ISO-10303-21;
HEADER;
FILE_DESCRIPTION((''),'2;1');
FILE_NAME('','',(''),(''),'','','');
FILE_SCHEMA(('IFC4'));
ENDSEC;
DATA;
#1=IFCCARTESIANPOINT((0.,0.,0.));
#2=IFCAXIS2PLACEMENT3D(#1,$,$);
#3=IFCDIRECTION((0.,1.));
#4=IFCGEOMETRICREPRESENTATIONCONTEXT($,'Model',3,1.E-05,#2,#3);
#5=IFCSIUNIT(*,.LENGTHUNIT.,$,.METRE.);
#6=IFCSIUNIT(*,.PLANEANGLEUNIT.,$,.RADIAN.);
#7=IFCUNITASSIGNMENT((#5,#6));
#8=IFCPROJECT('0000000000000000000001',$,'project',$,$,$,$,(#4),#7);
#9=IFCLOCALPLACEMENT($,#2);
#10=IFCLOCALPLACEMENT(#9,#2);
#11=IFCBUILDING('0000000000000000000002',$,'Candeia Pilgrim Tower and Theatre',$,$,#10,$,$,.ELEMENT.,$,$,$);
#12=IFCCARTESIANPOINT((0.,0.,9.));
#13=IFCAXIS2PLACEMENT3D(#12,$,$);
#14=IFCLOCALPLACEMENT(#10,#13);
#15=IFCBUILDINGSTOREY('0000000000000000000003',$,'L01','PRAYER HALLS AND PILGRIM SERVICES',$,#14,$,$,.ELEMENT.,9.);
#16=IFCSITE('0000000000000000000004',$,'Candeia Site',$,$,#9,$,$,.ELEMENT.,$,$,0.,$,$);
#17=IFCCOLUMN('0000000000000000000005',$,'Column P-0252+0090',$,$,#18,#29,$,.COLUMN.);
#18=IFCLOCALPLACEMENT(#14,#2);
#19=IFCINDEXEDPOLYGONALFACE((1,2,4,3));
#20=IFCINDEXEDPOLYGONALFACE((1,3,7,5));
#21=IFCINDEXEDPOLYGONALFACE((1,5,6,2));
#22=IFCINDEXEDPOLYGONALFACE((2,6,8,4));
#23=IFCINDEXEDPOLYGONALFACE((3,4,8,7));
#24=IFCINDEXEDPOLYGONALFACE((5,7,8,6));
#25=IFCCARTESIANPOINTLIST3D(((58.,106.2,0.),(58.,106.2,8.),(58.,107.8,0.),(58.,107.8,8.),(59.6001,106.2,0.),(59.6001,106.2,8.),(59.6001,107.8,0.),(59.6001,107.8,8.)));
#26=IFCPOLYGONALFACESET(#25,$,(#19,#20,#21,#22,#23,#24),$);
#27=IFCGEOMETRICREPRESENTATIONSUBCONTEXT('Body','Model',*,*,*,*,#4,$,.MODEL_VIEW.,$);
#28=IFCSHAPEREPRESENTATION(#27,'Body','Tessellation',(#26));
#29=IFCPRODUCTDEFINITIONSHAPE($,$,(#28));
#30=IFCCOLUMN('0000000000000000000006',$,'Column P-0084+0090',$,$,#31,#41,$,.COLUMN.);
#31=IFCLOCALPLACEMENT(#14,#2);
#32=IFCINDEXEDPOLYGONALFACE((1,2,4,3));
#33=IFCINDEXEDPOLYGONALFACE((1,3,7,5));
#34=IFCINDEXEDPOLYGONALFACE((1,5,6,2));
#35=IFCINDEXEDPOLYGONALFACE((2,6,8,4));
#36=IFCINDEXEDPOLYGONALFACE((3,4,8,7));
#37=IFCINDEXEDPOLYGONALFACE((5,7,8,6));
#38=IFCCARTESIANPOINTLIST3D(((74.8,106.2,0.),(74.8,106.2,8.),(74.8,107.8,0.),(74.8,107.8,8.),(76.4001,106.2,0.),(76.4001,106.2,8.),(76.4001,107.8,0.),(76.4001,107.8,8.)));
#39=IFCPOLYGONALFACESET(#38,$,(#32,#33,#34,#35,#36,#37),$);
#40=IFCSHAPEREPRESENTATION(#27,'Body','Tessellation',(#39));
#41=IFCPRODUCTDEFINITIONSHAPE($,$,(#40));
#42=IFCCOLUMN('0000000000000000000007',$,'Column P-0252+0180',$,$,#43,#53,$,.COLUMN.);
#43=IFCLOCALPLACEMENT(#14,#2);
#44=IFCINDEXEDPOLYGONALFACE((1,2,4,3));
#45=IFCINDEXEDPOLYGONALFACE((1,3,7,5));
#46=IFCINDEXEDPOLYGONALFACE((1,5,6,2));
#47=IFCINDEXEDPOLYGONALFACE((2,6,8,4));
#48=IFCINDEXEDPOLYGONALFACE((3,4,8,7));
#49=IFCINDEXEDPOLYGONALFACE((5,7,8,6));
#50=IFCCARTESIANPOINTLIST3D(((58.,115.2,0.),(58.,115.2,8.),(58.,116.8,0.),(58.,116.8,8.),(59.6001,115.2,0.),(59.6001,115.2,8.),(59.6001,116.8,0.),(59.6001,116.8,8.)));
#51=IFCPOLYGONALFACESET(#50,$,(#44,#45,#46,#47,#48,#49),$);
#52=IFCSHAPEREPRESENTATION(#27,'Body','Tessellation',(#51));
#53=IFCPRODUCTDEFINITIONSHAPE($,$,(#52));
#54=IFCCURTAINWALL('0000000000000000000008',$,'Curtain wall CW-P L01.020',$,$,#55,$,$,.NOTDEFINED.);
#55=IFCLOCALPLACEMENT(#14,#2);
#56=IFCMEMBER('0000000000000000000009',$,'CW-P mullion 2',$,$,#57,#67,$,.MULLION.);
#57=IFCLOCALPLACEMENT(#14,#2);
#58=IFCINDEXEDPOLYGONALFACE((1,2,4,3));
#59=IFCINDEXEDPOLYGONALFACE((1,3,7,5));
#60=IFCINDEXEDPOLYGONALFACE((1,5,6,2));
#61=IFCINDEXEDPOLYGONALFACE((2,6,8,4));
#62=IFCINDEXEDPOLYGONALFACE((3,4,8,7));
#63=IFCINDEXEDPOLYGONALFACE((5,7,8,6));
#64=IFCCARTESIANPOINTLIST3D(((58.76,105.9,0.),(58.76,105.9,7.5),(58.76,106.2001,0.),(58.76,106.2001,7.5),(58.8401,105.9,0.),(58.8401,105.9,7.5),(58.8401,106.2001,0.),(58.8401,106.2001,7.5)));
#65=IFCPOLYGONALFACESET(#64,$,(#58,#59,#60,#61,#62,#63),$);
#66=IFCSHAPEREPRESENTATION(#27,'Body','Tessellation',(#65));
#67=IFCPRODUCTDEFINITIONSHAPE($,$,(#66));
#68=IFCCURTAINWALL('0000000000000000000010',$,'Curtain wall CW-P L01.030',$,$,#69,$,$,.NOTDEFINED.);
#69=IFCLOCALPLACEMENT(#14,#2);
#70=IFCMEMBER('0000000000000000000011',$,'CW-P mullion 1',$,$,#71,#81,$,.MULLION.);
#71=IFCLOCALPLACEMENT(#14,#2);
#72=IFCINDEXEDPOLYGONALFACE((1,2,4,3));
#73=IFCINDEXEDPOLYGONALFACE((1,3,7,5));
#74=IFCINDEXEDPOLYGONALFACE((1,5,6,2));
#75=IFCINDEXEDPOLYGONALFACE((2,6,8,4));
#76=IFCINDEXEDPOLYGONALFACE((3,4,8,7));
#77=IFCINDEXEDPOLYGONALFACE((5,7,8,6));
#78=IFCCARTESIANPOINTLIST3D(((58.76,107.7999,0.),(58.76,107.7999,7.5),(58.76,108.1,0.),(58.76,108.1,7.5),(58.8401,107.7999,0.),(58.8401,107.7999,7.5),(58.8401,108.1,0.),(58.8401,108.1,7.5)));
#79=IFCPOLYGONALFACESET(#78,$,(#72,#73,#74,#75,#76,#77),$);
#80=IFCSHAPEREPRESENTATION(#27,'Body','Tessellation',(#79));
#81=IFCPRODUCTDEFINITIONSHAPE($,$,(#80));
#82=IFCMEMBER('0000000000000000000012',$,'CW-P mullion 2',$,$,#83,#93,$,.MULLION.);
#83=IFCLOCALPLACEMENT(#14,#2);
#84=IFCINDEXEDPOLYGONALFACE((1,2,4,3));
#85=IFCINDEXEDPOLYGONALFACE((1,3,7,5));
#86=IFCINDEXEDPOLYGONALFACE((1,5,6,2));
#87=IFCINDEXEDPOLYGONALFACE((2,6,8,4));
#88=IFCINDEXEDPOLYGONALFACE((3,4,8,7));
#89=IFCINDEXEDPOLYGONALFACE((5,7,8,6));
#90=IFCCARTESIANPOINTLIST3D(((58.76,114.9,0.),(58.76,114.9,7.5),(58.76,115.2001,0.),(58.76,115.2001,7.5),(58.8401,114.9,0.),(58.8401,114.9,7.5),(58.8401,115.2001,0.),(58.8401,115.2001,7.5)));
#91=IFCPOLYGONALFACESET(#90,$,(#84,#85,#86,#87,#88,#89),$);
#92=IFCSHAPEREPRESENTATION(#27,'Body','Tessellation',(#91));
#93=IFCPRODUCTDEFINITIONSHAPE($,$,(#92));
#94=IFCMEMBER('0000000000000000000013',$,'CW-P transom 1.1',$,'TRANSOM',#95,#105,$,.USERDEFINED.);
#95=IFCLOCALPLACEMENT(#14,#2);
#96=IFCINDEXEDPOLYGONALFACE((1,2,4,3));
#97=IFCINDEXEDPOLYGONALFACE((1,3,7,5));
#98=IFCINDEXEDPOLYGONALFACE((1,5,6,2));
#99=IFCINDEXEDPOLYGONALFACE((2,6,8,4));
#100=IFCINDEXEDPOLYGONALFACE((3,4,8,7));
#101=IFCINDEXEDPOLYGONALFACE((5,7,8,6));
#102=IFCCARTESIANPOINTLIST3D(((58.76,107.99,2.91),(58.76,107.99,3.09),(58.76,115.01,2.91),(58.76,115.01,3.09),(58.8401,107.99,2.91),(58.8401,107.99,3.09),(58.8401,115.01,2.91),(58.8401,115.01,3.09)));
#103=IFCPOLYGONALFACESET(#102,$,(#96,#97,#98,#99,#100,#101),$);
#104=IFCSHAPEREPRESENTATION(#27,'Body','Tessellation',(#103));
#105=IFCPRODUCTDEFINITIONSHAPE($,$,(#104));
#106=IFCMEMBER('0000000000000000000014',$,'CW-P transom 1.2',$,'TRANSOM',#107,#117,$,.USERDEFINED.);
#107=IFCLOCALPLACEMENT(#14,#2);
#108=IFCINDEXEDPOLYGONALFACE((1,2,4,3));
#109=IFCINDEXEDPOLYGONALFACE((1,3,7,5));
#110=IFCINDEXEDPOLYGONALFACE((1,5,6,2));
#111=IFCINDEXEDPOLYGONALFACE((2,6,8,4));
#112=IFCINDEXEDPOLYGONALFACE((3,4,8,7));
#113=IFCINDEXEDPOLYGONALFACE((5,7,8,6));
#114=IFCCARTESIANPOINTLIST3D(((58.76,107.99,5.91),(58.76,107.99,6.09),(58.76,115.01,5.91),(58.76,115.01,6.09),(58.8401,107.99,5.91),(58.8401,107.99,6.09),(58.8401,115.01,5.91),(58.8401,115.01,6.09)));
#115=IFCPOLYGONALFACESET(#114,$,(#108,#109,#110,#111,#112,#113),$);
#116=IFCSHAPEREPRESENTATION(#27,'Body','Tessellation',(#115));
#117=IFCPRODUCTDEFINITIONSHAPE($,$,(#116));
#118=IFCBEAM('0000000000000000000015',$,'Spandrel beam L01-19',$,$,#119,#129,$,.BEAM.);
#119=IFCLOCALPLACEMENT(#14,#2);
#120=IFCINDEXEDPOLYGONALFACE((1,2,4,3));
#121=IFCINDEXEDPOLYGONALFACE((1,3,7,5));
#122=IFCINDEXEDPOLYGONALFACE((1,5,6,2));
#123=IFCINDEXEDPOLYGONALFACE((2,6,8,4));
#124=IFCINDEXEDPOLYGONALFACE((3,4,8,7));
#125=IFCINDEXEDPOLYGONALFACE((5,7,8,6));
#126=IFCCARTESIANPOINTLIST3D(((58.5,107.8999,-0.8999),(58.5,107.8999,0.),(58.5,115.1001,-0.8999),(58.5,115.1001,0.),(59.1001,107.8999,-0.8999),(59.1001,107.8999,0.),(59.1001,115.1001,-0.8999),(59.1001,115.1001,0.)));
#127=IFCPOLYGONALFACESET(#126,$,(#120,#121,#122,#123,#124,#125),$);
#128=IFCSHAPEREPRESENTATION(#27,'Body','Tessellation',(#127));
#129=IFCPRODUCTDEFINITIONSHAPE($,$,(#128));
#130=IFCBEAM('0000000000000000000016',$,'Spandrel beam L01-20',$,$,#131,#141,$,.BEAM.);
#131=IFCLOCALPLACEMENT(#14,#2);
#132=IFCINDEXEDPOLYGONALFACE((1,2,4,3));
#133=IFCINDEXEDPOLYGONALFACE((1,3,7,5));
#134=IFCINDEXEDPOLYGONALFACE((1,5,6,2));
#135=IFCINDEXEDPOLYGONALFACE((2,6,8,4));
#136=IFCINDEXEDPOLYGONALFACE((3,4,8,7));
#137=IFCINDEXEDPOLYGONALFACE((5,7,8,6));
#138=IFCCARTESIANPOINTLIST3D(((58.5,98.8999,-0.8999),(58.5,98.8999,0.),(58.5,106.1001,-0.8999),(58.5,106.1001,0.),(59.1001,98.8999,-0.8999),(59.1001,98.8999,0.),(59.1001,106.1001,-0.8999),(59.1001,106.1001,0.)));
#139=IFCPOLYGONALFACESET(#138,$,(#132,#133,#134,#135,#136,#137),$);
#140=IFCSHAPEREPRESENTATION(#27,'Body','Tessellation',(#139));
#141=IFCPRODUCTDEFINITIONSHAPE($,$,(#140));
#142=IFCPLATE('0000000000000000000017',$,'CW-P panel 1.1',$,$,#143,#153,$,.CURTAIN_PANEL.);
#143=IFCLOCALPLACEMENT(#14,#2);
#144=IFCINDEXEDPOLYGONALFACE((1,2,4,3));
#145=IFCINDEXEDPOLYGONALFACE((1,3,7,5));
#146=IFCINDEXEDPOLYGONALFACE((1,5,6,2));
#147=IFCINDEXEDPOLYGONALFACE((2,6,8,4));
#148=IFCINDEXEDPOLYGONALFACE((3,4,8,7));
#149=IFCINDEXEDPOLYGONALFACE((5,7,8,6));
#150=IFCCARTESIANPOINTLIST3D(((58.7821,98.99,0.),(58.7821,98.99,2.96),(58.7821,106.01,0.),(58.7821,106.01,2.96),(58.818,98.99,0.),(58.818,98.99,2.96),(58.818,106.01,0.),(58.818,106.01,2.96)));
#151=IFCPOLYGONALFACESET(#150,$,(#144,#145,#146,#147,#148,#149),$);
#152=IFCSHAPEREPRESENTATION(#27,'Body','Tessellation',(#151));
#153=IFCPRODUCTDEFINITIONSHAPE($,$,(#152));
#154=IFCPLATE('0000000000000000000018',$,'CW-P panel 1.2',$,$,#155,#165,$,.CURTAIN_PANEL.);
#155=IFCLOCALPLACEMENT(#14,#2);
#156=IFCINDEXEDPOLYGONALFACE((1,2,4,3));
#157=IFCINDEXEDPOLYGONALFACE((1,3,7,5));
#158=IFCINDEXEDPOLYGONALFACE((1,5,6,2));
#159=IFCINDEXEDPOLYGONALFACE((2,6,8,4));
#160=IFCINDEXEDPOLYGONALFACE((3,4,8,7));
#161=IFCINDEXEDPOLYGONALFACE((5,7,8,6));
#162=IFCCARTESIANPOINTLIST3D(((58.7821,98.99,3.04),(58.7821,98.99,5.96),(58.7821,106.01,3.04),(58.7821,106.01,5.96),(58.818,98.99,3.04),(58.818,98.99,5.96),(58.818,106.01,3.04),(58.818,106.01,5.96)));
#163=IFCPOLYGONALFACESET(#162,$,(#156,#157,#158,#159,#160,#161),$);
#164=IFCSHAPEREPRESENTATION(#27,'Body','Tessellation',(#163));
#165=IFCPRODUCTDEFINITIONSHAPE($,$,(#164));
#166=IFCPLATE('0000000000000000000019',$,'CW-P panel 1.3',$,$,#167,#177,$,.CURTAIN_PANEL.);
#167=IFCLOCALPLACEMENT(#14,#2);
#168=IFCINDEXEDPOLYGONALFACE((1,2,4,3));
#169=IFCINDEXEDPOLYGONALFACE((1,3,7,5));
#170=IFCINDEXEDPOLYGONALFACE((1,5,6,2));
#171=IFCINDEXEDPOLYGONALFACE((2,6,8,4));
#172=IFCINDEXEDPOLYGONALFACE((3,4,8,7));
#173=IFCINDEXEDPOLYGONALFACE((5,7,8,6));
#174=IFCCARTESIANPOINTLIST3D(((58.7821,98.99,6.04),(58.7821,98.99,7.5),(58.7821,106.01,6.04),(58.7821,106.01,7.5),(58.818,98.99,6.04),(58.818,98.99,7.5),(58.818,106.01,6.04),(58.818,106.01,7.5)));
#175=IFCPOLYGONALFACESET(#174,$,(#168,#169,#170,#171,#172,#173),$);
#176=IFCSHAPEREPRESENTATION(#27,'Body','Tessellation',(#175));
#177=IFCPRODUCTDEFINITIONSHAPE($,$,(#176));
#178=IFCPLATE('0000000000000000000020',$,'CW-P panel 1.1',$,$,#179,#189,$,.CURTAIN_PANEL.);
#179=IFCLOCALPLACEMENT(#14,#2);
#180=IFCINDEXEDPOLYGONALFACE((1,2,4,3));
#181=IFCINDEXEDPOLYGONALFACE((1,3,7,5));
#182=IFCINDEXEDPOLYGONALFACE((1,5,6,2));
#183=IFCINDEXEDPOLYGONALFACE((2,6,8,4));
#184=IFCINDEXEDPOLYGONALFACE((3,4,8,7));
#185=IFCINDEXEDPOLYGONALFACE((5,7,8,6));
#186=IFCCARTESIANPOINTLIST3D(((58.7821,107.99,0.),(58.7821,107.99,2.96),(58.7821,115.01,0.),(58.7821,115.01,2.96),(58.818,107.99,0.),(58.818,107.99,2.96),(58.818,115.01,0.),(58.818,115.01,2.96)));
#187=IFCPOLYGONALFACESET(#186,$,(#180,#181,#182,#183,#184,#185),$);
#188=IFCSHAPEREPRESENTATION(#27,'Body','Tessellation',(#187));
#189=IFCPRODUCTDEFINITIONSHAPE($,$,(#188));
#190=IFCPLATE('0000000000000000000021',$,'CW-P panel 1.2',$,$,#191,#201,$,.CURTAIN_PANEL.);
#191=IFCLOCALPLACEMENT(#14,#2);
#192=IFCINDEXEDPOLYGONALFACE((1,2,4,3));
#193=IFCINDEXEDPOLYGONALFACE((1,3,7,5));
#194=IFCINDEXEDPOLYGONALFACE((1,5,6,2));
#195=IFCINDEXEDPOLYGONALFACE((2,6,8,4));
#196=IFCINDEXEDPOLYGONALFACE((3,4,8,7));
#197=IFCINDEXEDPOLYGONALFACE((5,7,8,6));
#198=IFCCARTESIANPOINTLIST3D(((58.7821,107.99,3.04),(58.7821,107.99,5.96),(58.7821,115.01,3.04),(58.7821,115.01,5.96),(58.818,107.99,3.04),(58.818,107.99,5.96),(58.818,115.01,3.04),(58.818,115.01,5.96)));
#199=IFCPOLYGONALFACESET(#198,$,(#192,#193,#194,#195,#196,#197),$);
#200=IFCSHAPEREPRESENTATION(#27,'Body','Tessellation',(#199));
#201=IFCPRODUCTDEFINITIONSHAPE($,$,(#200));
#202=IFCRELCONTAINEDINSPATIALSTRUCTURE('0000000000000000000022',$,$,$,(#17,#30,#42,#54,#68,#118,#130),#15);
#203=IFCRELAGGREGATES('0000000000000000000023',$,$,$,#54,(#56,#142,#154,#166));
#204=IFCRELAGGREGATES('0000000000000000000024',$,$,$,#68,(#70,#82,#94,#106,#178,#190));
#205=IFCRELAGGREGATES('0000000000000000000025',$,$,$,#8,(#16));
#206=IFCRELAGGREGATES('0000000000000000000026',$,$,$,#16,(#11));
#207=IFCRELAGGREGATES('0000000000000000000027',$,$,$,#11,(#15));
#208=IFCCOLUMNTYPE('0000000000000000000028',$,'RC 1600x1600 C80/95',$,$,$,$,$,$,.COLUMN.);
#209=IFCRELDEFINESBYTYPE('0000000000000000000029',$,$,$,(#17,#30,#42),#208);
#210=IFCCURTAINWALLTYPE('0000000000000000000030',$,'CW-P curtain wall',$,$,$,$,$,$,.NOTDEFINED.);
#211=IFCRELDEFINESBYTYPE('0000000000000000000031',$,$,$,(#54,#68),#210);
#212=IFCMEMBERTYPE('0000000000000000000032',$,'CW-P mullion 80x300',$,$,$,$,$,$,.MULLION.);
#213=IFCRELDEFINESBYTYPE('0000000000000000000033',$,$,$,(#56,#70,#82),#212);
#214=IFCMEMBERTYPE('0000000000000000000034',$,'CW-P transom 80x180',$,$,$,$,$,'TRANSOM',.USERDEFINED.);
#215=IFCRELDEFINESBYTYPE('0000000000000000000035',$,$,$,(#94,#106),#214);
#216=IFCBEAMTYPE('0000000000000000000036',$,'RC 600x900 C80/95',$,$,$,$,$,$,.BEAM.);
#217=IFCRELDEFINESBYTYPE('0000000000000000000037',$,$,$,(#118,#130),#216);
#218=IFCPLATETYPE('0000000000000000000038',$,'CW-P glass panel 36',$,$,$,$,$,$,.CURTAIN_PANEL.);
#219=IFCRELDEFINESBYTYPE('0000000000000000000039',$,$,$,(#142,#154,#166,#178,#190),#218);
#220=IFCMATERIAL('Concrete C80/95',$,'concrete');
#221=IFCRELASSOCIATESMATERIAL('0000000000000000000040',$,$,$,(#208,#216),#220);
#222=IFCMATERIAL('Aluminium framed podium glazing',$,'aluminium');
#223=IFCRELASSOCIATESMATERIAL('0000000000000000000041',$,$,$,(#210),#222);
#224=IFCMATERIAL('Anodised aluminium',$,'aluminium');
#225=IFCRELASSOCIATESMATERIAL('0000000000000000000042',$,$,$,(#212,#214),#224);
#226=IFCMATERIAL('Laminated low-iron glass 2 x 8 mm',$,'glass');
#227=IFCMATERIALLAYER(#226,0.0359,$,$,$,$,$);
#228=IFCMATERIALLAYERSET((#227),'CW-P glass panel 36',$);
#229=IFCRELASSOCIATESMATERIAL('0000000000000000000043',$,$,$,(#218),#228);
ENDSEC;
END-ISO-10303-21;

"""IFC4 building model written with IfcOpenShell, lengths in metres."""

from ifc_helpers import new_model, si_unit, direction, frame, origin, origin_2d, place, context, subcontext, project, spatial, rectangle, extrude, material, layer, layer_set, material_profile, profile_set, type_object, element, aggregate, save


model = new_model("IFC4")

# Units and contexts
model_context = context("Model", 3, precision=1e-05, world=origin(), true_north=direction((0.0, 1.0)))
body_context = subcontext(model_context, "Body", "Model", "MODEL_VIEW")
ifc_project = project(units=[si_unit("LENGTHUNIT", "METRE"), si_unit("PLANEANGLEUNIT", "RADIAN")], contexts=[model_context])

# Site, building, storey
site_placement = place(None, origin())
site = spatial("IfcSite", under=ifc_project, at=site_placement, Name="Candeia Site", CompositionType="ELEMENT", RefElevation=0.0)
building_placement = place(site_placement, origin())
building = spatial("IfcBuilding", under=site, at=building_placement, Name="Candeia Pilgrim Tower and Theatre", CompositionType="ELEMENT")
storey_placement = place(building_placement, frame((0.0, 0.0, 9.0)))
storey = spatial("IfcBuildingStorey", under=building, at=storey_placement, Name="L01", Description="PRAYER HALLS AND PILGRIM SERVICES", CompositionType="ELEMENT", Elevation=9.0)

# Columns
ifc_material_1 = material(Name="Concrete C80/95", Category="concrete")
ifc_material_profile_1 = material_profile(ifc_material_1, rectangle(XDim=1.6001, YDim=1.6001, at=origin_2d()))
ifc_profile_set_1 = profile_set([ifc_material_profile_1], Name="Concrete C80/95")
column_type = type_object("IfcColumnType", Name="RC 1600x1600 C80/95", PredefinedType="COLUMN", material=ifc_profile_set_1)
for number, where, z_axis, x_axis, name in (
    (1, (58.8, 107.0, 0.0), (0.0, 0.0, 1.0), (1.0, 0.0, 0.0), "Column P-0252+0090"),
    (2, (75.6001, 107.0, 0.0), (0.0, 0.0, 1.0), (1.0, 0.0, 0.0), "Column P-0084+0090"),
    (3, (58.8, 116.0, 0.0), (0.0, 0.0, 1.0), (1.0, 0.0, 0.0), "Column P-0252+0180"),
):
    element("IfcColumn", number, at=place(storey_placement, frame(where, z_axis=z_axis, x_axis=x_axis)), inside=storey, type_object=column_type, Name=name, PredefinedType="COLUMN", context=body_context, shape_type="SweptSolid", body=[
        extrude(rectangle(XDim=1.6001, YDim=1.6001, at=origin_2d()), origin(), (0.0, 0.0, 1.0), 8.0),
    ])

# Curtain wall, member
ifc_material_2 = material(Name="Aluminium framed podium glazing", Category="aluminium")
curtain_wall_type = type_object("IfcCurtainWallType", Name="CW-P curtain wall", PredefinedType="NOTDEFINED", material=ifc_material_2)
curtain_wall_1_placement = place(storey_placement, origin())
curtain_wall_1 = element("IfcCurtainWall", 4, at=curtain_wall_1_placement, inside=storey, type_object=curtain_wall_type, Name="Curtain wall CW-P L01.020", PredefinedType="NOTDEFINED")
ifc_material_3 = material(Name="Anodised aluminium", Category="aluminium")
ifc_material_profile_2 = material_profile(ifc_material_3, rectangle(XDim=0.0801, YDim=0.3, at=origin_2d()))
ifc_profile_set_2 = profile_set([ifc_material_profile_2], Name="Anodised aluminium")
member_type_1 = type_object("IfcMemberType", Name="CW-P mullion 80x300", PredefinedType="MULLION", material=ifc_profile_set_2)
member_1_placement = place(storey_placement, frame((58.8, 106.05, 0.0), z_axis=(0.0, 0.0, 1.0), x_axis=(-1.0, 0.0, 0.0)))
member_1 = element("IfcMember", 5, at=member_1_placement, type_object=member_type_1, Name="CW-P mullion 2", PredefinedType="MULLION", context=body_context, shape_type="SweptSolid", body=[
    extrude(rectangle(XDim=0.0801, YDim=0.3, at=origin_2d()), origin(), (0.0, 0.0, 1.0), 7.5),
])

# Curtain wall, members
curtain_wall_2_placement = place(storey_placement, origin())
curtain_wall_2 = element("IfcCurtainWall", 6, at=curtain_wall_2_placement, inside=storey, type_object=curtain_wall_type, Name="Curtain wall CW-P L01.030", PredefinedType="NOTDEFINED")
member_2_placement = place(storey_placement, frame((58.8, 107.95, 0.0), z_axis=(0.0, 0.0, 1.0), x_axis=(-1.0, 0.0, 0.0)))
member_2 = element("IfcMember", 7, at=member_2_placement, type_object=member_type_1, Name="CW-P mullion 1", PredefinedType="MULLION", context=body_context, shape_type="SweptSolid", body=[
    extrude(rectangle(XDim=0.0801, YDim=0.3, at=origin_2d()), origin(), (0.0, 0.0, 1.0), 7.5),
])
member_3_placement = place(storey_placement, frame((58.8, 115.05, 0.0), z_axis=(0.0, 0.0, 1.0), x_axis=(-1.0, 0.0, 0.0)))
member_3 = element("IfcMember", 8, at=member_3_placement, type_object=member_type_1, Name="CW-P mullion 2", PredefinedType="MULLION", context=body_context, shape_type="SweptSolid", body=[
    extrude(rectangle(XDim=0.0801, YDim=0.3, at=origin_2d()), origin(), (0.0, 0.0, 1.0), 7.5),
])
ifc_material_profile_3 = material_profile(ifc_material_3, rectangle(XDim=0.0801, YDim=0.1799, at=origin_2d()))
ifc_profile_set_3 = profile_set([ifc_material_profile_3], Name="Anodised aluminium")
member_type_2 = type_object("IfcMemberType", Name="CW-P transom 80x180", ElementType="TRANSOM", PredefinedType="USERDEFINED", material=ifc_profile_set_3)
member_4_placement = place(storey_placement, frame((58.8, 107.99, 3.0), z_axis=(0.0, 1.0, 0.0), x_axis=(-1.0, 0.0, 0.0)))
member_4 = element("IfcMember", 9, at=member_4_placement, type_object=member_type_2, Name="CW-P transom 1.1", ObjectType="TRANSOM", PredefinedType="USERDEFINED", context=body_context, shape_type="SweptSolid", body=[
    extrude(rectangle(XDim=0.0801, YDim=0.1799, at=origin_2d()), origin(), (0.0, 0.0, 1.0), 7.02),
])
member_5_placement = place(storey_placement, frame((58.8, 107.99, 6.0), z_axis=(0.0, 1.0, 0.0), x_axis=(-1.0, 0.0, 0.0)))
member_5 = element("IfcMember", 10, at=member_5_placement, type_object=member_type_2, Name="CW-P transom 1.2", ObjectType="TRANSOM", PredefinedType="USERDEFINED", context=body_context, shape_type="SweptSolid", body=[
    extrude(rectangle(XDim=0.0801, YDim=0.1799, at=origin_2d()), origin(), (0.0, 0.0, 1.0), 7.02),
])

# Beams
ifc_material_profile_4 = material_profile(ifc_material_1, rectangle(XDim=0.6001, YDim=0.8999, at=origin_2d()))
ifc_profile_set_4 = profile_set([ifc_material_profile_4], Name="Concrete C80/95")
beam_type = type_object("IfcBeamType", Name="RC 600x900 C80/95", PredefinedType="BEAM", material=ifc_profile_set_4)
for number, where, z_axis, x_axis, name in (
    (11, (58.8, 115.1001, -0.45), (0.0, -1.0, 0.0), (1.0, 0.0, 0.0), "Spandrel beam L01-19"),
    (12, (58.8, 106.1001, -0.45), (0.0, -1.0, 0.0), (1.0, 0.0, 0.0), "Spandrel beam L01-20"),
):
    element("IfcBeam", number, at=place(storey_placement, frame(where, z_axis=z_axis, x_axis=x_axis)), inside=storey, type_object=beam_type, Name=name, PredefinedType="BEAM", context=body_context, shape_type="SweptSolid", body=[
        extrude(rectangle(XDim=0.6001, YDim=0.8999, at=origin_2d()), origin(), (0.0, 0.0, 1.0), 7.2002),
    ])

# Plates
ifc_material_4 = material(Name="Laminated low-iron glass 2 x 8 mm", Category="glass")
ifc_layer_1 = layer(ifc_material_4, 0.0359)
ifc_layer_set_1 = layer_set([ifc_layer_1], Name="CW-P glass panel 36")
plate_type = type_object("IfcPlateType", Name="CW-P glass panel 36", PredefinedType="CURTAIN_PANEL", material=ifc_layer_set_1)
plate_1_placement = place(storey_placement, frame((58.8, 102.5, 0.0), z_axis=(0.0, 0.0, 1.0), x_axis=(0.0, 1.0, 0.0)))
plate_1 = element("IfcPlate", 13, at=plate_1_placement, type_object=plate_type, Name="CW-P panel 1.1", PredefinedType="CURTAIN_PANEL", context=body_context, shape_type="SweptSolid", body=[
    extrude(rectangle(XDim=7.02, YDim=0.0359, at=origin_2d()), origin(), (0.0, 0.0, 1.0), 2.96),
])
plate_2_placement = place(storey_placement, frame((58.8, 102.5, 3.04), z_axis=(0.0, 0.0, 1.0), x_axis=(0.0, 1.0, 0.0)))
plate_2 = element("IfcPlate", 14, at=plate_2_placement, type_object=plate_type, Name="CW-P panel 1.2", PredefinedType="CURTAIN_PANEL", context=body_context, shape_type="SweptSolid", body=[
    extrude(rectangle(XDim=7.02, YDim=0.0359, at=origin_2d()), origin(), (0.0, 0.0, 1.0), 2.9199),
])
plate_3_placement = place(storey_placement, frame((58.8, 102.5, 6.04), z_axis=(0.0, 0.0, 1.0), x_axis=(0.0, 1.0, 0.0)))
plate_3 = element("IfcPlate", 15, at=plate_3_placement, type_object=plate_type, Name="CW-P panel 1.3", PredefinedType="CURTAIN_PANEL", context=body_context, shape_type="SweptSolid", body=[
    extrude(rectangle(XDim=7.02, YDim=0.0359, at=origin_2d()), origin(), (0.0, 0.0, 1.0), 1.46),
])
aggregate(curtain_wall_1, [member_1, plate_1, plate_2, plate_3])
plate_4_placement = place(storey_placement, frame((58.8, 111.5, 0.0), z_axis=(0.0, 0.0, 1.0), x_axis=(0.0, 1.0, 0.0)))
plate_4 = element("IfcPlate", 16, at=plate_4_placement, type_object=plate_type, Name="CW-P panel 1.1", PredefinedType="CURTAIN_PANEL", context=body_context, shape_type="SweptSolid", body=[
    extrude(rectangle(XDim=7.02, YDim=0.0359, at=origin_2d()), origin(), (0.0, 0.0, 1.0), 2.96),
])
plate_5_placement = place(storey_placement, frame((58.8, 111.5, 3.04), z_axis=(0.0, 0.0, 1.0), x_axis=(0.0, 1.0, 0.0)))
plate_5 = element("IfcPlate", 17, at=plate_5_placement, type_object=plate_type, Name="CW-P panel 1.2", PredefinedType="CURTAIN_PANEL", context=body_context, shape_type="SweptSolid", body=[
    extrude(rectangle(XDim=7.02, YDim=0.0359, at=origin_2d()), origin(), (0.0, 0.0, 1.0), 2.9199),
])
aggregate(curtain_wall_2, [member_2, member_3, member_4, member_5, plate_4, plate_5])

save(model, "model.ifc")
